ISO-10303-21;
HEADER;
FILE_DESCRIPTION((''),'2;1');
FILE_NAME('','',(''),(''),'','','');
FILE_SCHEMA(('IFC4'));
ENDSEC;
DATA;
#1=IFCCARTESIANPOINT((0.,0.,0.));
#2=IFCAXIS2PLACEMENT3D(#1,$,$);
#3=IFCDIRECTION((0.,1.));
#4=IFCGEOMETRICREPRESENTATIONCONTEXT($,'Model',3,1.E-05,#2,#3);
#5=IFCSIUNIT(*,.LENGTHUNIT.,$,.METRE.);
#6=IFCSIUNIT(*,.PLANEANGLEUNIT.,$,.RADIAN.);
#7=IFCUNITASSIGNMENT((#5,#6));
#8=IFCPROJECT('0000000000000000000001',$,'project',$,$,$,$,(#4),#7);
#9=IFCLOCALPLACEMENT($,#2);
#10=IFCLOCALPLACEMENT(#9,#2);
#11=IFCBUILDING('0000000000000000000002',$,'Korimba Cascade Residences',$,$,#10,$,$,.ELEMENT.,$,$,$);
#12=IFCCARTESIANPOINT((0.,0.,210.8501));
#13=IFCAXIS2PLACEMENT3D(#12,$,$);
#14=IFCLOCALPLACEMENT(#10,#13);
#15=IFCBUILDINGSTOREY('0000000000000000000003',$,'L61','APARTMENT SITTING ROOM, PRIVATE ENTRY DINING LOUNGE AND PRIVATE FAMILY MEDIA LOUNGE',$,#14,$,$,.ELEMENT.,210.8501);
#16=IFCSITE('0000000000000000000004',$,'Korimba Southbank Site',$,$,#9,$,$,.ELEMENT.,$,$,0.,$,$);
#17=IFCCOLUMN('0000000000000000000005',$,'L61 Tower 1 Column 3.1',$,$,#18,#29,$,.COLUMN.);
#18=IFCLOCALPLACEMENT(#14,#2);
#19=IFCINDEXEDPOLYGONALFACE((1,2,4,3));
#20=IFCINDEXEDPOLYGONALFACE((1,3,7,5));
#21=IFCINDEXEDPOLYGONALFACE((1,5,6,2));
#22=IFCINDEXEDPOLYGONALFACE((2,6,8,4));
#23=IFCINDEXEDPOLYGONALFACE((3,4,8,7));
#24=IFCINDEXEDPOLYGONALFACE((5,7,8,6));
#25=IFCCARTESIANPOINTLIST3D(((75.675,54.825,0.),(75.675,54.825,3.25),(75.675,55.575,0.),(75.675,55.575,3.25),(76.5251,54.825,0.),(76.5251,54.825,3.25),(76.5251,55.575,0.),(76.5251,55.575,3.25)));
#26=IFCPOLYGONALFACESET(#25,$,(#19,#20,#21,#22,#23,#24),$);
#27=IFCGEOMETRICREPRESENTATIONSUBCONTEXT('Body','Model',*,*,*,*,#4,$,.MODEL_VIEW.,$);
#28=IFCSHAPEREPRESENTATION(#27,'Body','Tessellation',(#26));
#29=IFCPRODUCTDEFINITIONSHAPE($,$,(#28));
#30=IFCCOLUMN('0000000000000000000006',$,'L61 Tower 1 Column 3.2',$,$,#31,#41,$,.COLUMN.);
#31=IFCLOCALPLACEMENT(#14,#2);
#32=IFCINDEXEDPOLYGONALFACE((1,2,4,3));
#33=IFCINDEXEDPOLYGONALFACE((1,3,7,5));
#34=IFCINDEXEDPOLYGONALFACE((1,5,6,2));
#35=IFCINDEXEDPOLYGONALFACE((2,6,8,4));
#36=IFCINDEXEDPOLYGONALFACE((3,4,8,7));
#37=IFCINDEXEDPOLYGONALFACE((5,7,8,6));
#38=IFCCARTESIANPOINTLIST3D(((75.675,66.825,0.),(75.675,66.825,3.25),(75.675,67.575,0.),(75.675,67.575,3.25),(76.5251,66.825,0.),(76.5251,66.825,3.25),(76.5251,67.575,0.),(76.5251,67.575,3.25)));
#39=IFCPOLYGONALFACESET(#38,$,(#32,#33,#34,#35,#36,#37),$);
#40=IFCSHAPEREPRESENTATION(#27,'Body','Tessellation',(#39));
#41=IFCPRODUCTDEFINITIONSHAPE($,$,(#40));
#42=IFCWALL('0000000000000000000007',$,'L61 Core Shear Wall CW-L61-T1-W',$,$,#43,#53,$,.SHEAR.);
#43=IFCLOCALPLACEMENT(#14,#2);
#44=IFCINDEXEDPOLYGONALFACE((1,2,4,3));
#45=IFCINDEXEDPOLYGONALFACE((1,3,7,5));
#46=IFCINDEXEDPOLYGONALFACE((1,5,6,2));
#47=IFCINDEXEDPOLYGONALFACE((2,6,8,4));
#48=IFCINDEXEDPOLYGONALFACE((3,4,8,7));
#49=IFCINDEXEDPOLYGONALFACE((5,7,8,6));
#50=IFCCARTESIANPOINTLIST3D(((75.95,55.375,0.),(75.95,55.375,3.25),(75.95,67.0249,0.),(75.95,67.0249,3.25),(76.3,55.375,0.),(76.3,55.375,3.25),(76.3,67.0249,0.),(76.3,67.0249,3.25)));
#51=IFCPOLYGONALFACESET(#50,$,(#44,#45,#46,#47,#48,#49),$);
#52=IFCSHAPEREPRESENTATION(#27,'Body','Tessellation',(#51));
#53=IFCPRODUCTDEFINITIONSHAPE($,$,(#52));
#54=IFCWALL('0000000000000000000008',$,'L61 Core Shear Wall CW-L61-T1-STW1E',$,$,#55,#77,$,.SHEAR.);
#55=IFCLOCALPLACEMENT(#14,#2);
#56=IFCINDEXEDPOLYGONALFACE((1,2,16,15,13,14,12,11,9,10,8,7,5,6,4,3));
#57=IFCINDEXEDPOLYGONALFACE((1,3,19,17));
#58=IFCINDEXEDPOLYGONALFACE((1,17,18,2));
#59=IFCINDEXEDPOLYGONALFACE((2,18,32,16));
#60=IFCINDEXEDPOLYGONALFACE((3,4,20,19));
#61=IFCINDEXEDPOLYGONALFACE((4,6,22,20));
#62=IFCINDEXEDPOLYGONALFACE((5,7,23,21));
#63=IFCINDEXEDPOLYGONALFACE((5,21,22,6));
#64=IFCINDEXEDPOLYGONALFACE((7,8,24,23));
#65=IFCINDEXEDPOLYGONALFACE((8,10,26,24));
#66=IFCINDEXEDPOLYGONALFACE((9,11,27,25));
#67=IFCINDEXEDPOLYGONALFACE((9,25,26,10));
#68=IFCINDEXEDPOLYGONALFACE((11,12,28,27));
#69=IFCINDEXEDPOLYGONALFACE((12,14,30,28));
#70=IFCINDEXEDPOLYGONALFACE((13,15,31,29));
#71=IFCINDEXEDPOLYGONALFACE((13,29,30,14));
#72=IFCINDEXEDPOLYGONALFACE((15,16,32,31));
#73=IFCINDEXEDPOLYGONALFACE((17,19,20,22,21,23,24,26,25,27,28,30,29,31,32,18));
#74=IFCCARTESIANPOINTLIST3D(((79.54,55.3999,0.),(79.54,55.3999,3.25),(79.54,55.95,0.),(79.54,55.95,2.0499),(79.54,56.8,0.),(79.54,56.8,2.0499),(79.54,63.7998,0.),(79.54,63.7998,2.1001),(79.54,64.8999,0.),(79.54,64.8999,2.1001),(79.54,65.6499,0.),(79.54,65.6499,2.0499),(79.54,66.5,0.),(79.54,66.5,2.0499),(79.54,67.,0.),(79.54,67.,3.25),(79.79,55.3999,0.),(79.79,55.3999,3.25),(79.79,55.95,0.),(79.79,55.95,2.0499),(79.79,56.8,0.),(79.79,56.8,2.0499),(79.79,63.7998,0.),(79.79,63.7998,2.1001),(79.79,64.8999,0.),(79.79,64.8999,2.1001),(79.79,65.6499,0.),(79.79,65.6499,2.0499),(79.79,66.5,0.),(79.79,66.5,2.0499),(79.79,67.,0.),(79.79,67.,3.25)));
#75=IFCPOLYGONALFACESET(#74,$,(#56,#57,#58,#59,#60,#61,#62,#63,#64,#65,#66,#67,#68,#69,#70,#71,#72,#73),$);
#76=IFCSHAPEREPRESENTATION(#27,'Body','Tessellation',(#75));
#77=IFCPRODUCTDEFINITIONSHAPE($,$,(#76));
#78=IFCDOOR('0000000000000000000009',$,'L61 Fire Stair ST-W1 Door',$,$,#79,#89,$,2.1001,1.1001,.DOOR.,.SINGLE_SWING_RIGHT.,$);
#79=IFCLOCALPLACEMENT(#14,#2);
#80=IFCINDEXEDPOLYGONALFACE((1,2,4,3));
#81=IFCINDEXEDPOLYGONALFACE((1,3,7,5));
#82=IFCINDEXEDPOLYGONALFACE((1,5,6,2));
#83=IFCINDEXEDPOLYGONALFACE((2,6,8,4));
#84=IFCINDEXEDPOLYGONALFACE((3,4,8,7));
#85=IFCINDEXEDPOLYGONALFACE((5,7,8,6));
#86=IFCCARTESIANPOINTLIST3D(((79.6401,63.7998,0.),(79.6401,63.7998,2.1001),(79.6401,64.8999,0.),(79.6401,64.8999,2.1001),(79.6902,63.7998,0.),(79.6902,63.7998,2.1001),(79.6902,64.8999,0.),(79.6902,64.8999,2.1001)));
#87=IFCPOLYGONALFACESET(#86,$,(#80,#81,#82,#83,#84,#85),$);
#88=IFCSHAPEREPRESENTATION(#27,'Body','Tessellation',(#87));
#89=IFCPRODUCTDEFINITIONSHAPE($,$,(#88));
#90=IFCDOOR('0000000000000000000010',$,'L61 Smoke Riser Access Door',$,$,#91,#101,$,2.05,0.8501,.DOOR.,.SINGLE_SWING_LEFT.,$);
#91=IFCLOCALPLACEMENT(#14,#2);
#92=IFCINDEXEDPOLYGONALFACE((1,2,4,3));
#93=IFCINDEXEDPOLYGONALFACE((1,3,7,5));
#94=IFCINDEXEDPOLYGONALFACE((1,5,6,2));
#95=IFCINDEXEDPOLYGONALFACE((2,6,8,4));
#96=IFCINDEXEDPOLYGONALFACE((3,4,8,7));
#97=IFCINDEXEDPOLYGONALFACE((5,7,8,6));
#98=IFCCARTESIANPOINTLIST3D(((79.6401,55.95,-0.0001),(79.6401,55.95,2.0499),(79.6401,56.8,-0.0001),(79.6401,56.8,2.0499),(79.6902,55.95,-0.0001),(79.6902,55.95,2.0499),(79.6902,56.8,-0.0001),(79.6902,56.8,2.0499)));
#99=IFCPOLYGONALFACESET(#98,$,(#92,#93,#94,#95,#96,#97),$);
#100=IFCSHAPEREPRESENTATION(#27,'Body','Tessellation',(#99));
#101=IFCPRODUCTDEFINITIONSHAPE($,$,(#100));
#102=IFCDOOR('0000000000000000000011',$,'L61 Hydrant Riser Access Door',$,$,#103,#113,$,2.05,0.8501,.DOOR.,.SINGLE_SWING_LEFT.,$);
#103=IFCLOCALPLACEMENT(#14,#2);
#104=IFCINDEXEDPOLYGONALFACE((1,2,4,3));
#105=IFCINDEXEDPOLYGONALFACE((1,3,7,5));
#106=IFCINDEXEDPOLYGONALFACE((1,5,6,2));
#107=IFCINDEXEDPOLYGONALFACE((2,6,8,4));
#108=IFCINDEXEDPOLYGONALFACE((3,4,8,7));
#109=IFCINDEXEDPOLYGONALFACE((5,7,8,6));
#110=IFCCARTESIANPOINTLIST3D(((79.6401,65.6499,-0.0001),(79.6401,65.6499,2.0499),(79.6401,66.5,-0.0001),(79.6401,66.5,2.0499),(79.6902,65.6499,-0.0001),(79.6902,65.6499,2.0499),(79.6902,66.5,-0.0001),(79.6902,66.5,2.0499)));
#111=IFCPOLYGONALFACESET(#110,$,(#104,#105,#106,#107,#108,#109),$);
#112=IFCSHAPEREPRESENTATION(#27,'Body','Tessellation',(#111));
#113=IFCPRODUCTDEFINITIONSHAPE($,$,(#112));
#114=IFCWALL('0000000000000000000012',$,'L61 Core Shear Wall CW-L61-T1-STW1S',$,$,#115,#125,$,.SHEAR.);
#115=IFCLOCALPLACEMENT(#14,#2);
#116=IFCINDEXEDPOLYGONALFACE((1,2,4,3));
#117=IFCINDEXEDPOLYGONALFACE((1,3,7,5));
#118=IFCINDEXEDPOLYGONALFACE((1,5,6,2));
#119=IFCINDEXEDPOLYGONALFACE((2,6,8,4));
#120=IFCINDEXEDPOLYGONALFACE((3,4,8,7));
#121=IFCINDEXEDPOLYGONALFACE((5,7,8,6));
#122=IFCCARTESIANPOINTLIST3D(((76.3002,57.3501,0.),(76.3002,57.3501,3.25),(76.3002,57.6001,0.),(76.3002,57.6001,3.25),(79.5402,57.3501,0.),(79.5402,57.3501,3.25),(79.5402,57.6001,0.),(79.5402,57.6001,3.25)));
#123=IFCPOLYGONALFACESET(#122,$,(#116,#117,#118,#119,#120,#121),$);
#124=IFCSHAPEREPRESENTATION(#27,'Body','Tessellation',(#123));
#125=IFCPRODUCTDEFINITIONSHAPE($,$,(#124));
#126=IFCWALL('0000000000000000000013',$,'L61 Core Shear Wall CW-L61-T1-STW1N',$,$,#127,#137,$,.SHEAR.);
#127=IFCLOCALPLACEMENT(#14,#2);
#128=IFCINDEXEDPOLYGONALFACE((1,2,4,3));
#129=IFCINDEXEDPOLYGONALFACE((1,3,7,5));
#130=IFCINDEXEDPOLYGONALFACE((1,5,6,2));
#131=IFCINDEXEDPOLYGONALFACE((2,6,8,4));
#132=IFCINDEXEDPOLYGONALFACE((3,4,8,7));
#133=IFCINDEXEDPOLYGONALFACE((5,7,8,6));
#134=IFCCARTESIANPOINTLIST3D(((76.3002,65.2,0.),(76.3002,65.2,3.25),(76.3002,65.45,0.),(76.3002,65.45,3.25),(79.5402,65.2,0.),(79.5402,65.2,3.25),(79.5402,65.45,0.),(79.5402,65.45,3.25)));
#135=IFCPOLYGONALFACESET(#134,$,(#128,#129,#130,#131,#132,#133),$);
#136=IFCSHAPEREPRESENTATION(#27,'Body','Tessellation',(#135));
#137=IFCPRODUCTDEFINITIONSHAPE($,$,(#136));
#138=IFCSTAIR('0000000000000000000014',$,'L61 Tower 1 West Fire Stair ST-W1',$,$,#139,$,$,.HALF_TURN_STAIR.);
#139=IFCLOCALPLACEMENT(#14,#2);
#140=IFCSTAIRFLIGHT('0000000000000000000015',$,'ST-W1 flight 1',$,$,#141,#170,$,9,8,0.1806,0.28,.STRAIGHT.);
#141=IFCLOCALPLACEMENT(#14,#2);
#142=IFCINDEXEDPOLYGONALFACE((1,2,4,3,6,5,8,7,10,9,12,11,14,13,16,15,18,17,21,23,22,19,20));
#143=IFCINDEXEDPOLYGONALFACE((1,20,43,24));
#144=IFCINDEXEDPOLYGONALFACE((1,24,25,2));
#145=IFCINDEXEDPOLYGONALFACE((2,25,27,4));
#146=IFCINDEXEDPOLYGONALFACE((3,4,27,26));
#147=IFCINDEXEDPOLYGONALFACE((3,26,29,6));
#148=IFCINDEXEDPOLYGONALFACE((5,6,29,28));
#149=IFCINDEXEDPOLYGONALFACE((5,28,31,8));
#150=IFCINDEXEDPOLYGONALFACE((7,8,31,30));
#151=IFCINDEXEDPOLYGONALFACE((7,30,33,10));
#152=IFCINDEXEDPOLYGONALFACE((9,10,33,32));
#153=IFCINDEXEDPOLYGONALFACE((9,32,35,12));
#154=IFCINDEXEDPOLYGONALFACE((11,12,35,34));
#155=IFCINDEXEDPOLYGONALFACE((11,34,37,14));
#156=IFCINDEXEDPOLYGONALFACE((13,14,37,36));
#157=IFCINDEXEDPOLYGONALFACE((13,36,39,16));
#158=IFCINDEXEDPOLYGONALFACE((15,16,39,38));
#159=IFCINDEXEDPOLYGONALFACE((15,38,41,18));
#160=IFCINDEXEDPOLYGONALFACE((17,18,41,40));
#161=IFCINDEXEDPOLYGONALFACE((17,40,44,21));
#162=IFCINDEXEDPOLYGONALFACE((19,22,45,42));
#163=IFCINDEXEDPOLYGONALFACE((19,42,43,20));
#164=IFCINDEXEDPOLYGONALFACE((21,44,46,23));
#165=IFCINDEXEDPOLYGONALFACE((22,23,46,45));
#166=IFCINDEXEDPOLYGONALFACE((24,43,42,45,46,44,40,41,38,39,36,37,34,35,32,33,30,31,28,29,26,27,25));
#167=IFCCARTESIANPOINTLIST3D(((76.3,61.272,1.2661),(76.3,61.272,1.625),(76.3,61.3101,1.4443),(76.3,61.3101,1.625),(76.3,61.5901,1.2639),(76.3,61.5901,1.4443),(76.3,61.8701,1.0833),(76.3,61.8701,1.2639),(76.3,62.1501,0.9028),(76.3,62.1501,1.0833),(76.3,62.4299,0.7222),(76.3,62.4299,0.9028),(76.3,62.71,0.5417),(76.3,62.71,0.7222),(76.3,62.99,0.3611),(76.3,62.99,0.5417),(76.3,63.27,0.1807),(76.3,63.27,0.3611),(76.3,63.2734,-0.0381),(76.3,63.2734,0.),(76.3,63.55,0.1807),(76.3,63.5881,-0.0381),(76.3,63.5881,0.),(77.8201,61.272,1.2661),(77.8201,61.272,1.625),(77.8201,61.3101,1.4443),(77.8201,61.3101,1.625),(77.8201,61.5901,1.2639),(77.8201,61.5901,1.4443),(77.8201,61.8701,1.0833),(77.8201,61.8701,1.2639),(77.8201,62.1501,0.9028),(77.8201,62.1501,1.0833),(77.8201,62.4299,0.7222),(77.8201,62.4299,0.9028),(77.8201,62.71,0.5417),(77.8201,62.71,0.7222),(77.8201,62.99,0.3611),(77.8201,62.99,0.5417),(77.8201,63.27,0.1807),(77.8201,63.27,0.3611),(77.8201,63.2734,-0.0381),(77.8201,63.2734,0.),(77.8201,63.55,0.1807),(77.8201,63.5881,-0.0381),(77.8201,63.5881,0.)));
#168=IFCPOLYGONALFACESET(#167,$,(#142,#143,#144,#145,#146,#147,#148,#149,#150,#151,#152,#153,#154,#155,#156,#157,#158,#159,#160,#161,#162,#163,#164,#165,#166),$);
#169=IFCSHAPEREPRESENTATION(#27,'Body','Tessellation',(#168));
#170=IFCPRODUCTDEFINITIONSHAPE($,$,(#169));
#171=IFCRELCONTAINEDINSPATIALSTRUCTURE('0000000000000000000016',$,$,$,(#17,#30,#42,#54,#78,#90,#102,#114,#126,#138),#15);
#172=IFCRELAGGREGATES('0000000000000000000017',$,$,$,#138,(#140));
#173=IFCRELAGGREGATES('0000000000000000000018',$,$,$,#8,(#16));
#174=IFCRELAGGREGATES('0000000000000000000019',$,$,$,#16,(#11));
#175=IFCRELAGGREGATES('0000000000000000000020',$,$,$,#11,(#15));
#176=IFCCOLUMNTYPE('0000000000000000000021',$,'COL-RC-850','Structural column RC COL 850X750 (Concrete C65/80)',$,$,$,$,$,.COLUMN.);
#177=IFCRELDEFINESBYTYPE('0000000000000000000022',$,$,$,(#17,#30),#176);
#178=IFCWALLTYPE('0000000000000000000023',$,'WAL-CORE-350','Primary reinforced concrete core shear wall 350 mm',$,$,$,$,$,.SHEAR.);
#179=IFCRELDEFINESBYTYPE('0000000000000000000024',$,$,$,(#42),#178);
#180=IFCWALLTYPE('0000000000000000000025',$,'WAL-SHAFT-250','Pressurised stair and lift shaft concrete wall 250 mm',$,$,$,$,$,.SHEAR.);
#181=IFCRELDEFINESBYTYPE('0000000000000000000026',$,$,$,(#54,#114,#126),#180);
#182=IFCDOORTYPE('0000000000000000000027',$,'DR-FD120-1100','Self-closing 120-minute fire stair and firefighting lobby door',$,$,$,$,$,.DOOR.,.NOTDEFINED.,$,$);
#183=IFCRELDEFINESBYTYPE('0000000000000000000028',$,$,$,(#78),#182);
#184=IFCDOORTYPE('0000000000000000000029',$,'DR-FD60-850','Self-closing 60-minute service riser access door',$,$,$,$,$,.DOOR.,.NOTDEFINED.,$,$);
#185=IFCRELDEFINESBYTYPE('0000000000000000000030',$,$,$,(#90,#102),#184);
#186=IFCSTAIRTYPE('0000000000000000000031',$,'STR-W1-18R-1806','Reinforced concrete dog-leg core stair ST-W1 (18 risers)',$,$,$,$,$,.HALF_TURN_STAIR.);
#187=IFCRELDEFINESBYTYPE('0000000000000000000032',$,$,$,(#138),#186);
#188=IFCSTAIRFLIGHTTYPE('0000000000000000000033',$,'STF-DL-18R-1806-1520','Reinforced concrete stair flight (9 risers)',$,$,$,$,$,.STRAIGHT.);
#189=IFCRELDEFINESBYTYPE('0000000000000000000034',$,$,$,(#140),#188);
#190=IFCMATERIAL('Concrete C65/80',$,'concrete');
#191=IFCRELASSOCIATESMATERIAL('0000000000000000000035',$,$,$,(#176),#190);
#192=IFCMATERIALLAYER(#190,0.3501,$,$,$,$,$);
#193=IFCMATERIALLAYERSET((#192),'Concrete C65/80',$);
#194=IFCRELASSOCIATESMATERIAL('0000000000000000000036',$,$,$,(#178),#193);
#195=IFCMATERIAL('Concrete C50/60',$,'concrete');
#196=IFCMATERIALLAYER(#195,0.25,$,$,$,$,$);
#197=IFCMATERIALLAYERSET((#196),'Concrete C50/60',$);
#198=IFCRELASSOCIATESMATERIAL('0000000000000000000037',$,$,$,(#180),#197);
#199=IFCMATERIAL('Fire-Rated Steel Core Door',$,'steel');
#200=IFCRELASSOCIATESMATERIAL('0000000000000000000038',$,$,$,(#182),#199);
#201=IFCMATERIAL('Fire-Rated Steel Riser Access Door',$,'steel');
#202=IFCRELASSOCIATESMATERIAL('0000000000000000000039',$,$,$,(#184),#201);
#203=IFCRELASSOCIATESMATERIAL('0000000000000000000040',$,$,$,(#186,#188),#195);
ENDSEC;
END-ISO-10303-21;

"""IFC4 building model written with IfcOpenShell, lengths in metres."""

from ifc_helpers import new_model, si_unit, direction, frame, frame_2d, origin, origin_2d, place, context, subcontext, project, spatial, polyline, rectangle, outline, extrude, material, layer, layer_set, material_profile, profile_set, type_object, element, fill, aggregate, save


model = new_model("IFC4")

# Units and contexts
model_context = context("Model", 3, precision=1e-05, world=origin(), true_north=direction((0.0, 1.0)))
body_context = subcontext(model_context, "Body", "Model", "MODEL_VIEW")
ifc_project = project(units=[si_unit("LENGTHUNIT", "METRE"), si_unit("PLANEANGLEUNIT", "RADIAN")], contexts=[model_context])

# Site, building, storey
site_placement = place(None, origin())
site = spatial("IfcSite", under=ifc_project, at=site_placement, Name="Korimba Southbank Site", CompositionType="ELEMENT", RefElevation=0.0)
building_placement = place(site_placement, origin())
building = spatial("IfcBuilding", under=site, at=building_placement, Name="Korimba Cascade Residences", CompositionType="ELEMENT")
storey_placement = place(building_placement, frame((0.0, 0.0, 210.8501)))
storey = spatial("IfcBuildingStorey", under=building, at=storey_placement, Name="L61", Description="APARTMENT SITTING ROOM, PRIVATE ENTRY DINING LOUNGE AND PRIVATE FAMILY MEDIA LOUNGE", CompositionType="ELEMENT", Elevation=210.8501)

# Columns
ifc_material_1 = material(Name="Concrete C65/80", Category="concrete")
ifc_material_profile = material_profile(ifc_material_1, rectangle(XDim=0.8501, YDim=0.75, at=origin_2d()), Name="Concrete C65/80")
ifc_profile_set = profile_set([ifc_material_profile], Name="Concrete C65/80")
column_type = type_object("IfcColumnType", Name="COL-RC-850", Description="Structural column RC COL 850X750 (Concrete C65/80)", PredefinedType="COLUMN", material=ifc_profile_set)
for number, where, z_axis, x_axis, name in (
    (1, (76.1001, 55.2, 0.0), (0.0, 0.0, 1.0), (1.0, 0.0, 0.0), "L61 Tower 1 Column 3.1"),
    (2, (76.1001, 67.2, 0.0), (0.0, 0.0, 1.0), (1.0, 0.0, 0.0), "L61 Tower 1 Column 3.2"),
):
    element("IfcColumn", number, at=place(storey_placement, frame(where, z_axis=z_axis, x_axis=x_axis)), inside=storey, type_object=column_type, Name=name, PredefinedType="COLUMN", context=body_context, shape_type="SweptSolid", body=[
        extrude(rectangle(XDim=0.8501, YDim=0.75, at=origin_2d()), origin(), (0.0, 0.0, 1.0), 3.25),
    ])

# Wall
ifc_layer_1 = layer(ifc_material_1, 0.3501)
ifc_layer_set_1 = layer_set([ifc_layer_1], Name="Concrete C65/80")
wall_type_1 = type_object("IfcWallType", Name="WAL-CORE-350", Description="Primary reinforced concrete core shear wall 350 mm", PredefinedType="SHEAR", material=ifc_layer_set_1)
wall_1_placement = place(storey_placement, frame((76.125, 55.375, 0.0), z_axis=(0.0, 0.0, 1.0), x_axis=(0.0, 1.0, 0.0)))
element("IfcWall", 3, at=wall_1_placement, inside=storey, type_object=wall_type_1, Name="L61 Core Shear Wall CW-L61-T1-W", PredefinedType="SHEAR", context=body_context, shape_type="SweptSolid", body=[
    extrude(rectangle(XDim=11.6499, YDim=0.3501, at=frame_2d((5.825, 0.0))), origin(), (0.0, 0.0, 1.0), 3.25),
])

# Wall, openings, doors
ifc_material_2 = material(Name="Concrete C50/60", Category="concrete")
ifc_layer_2 = layer(ifc_material_2, 0.25)
ifc_layer_set_2 = layer_set([ifc_layer_2], Name="Concrete C50/60")
wall_type_2 = type_object("IfcWallType", Name="WAL-SHAFT-250", Description="Pressurised stair and lift shaft concrete wall 250 mm", PredefinedType="SHEAR", material=ifc_layer_set_2)
wall_2_placement = place(storey_placement, frame((79.665, 55.3999, 0.0), z_axis=(0.0, 0.0, 1.0), x_axis=(0.0, 1.0, 0.0)))
wall_2 = element("IfcWall", 4, at=wall_2_placement, inside=storey, type_object=wall_type_2, Name="L61 Core Shear Wall CW-L61-T1-STW1E", PredefinedType="SHEAR", context=body_context, shape_type="SweptSolid", body=[
    extrude(rectangle(XDim=11.6001, YDim=0.25, at=frame_2d((5.8, 0.0))), origin(), (0.0, 0.0, 1.0), 3.25),
])
opening_1_placement = place(wall_2_placement, frame((0.55, 0.0, 0.0)))
opening_1 = element("IfcOpeningElement", 5, at=opening_1_placement, cuts=wall_2, PredefinedType="OPENING", context=body_context, shape_type="SweptSolid", body=[
    extrude(rectangle(XDim=0.8501, YDim=2.05, at=frame_2d((0.425, 1.0249))), frame((0.0, 0.135, 0.0), z_axis=(0.0, -1.0, 0.0), x_axis=(1.0, 0.0, 0.0)), (0.0, 0.0, 1.0), 0.27),
])
opening_2_placement = place(wall_2_placement, frame((8.3999, 0.0, 0.0)))
opening_2 = element("IfcOpeningElement", 6, at=opening_2_placement, cuts=wall_2, PredefinedType="OPENING", context=body_context, shape_type="SweptSolid", body=[
    extrude(rectangle(XDim=1.1001, YDim=2.1001, at=frame_2d((0.55, 1.05))), frame((0.0, 0.135, 0.0), z_axis=(0.0, -1.0, 0.0), x_axis=(1.0, 0.0, 0.0)), (0.0, 0.0, 1.0), 0.27),
])
opening_3_placement = place(wall_2_placement, frame((10.25, 0.0, 0.0)))
opening_3 = element("IfcOpeningElement", 7, at=opening_3_placement, cuts=wall_2, PredefinedType="OPENING", context=body_context, shape_type="SweptSolid", body=[
    extrude(rectangle(XDim=0.8501, YDim=2.05, at=frame_2d((0.425, 1.0249))), frame((0.0, 0.135, 0.0), z_axis=(0.0, -1.0, 0.0), x_axis=(1.0, 0.0, 0.0)), (0.0, 0.0, 1.0), 0.27),
])
ifc_material_3 = material(Name="Fire-Rated Steel Core Door", Category="steel")
door_type_1 = type_object("IfcDoorType", Name="DR-FD120-1100", Description="Self-closing 120-minute fire stair and firefighting lobby door", OperationType="NOTDEFINED", PredefinedType="DOOR", material=ifc_material_3)
door_1_placement = place(opening_2_placement, origin())
door_1 = element("IfcDoor", 8, at=door_1_placement, inside=storey, type_object=door_type_1, Name="L61 Fire Stair ST-W1 Door", OperationType="SINGLE_SWING_RIGHT", OverallHeight=2.1001, OverallWidth=1.1001, PredefinedType="DOOR", context=body_context, shape_type="SweptSolid", body=[
    extrude(rectangle(XDim=1.1001, YDim=2.1001, at=frame_2d((0.55, 1.05))), frame((0.0, 0.0249, 0.0), z_axis=(0.0, -1.0, 0.0), x_axis=(1.0, 0.0, 0.0)), (0.0, 0.0, 1.0), 0.05),
])
fill(opening_2, door_1)
ifc_material_4 = material(Name="Fire-Rated Steel Riser Access Door", Category="steel")
door_type_2 = type_object("IfcDoorType", Name="DR-FD60-850", Description="Self-closing 60-minute service riser access door", OperationType="NOTDEFINED", PredefinedType="DOOR", material=ifc_material_4)
door_2_placement = place(opening_1_placement, origin())
door_2 = element("IfcDoor", 9, at=door_2_placement, inside=storey, type_object=door_type_2, Name="L61 Smoke Riser Access Door", OperationType="SINGLE_SWING_LEFT", OverallHeight=2.05, OverallWidth=0.8501, PredefinedType="DOOR", context=body_context, shape_type="SweptSolid", body=[
    extrude(rectangle(XDim=0.8501, YDim=2.05, at=frame_2d((0.425, 1.0249))), frame((0.0, 0.0249, 0.0), z_axis=(0.0, -1.0, 0.0), x_axis=(1.0, 0.0, 0.0)), (0.0, 0.0, 1.0), 0.05),
])
fill(opening_1, door_2)
door_3_placement = place(opening_3_placement, origin())
door_3 = element("IfcDoor", 10, at=door_3_placement, inside=storey, type_object=door_type_2, Name="L61 Hydrant Riser Access Door", OperationType="SINGLE_SWING_LEFT", OverallHeight=2.05, OverallWidth=0.8501, PredefinedType="DOOR", context=body_context, shape_type="SweptSolid", body=[
    extrude(rectangle(XDim=0.8501, YDim=2.05, at=frame_2d((0.425, 1.0249))), frame((0.0, 0.0249, 0.0), z_axis=(0.0, -1.0, 0.0), x_axis=(1.0, 0.0, 0.0)), (0.0, 0.0, 1.0), 0.05),
])
fill(opening_3, door_3)

# Walls
for number, where, z_axis, x_axis, name in (
    (11, (76.3, 57.4751, 0.0), (0.0, 0.0, 1.0), (1.0, 0.0, 0.0), "L61 Core Shear Wall CW-L61-T1-STW1S"),
    (12, (76.3, 65.325, 0.0), (0.0, 0.0, 1.0), (1.0, 0.0, 0.0), "L61 Core Shear Wall CW-L61-T1-STW1N"),
):
    element("IfcWall", number, at=place(storey_placement, frame(where, z_axis=z_axis, x_axis=x_axis)), inside=storey, type_object=wall_type_2, Name=name, PredefinedType="SHEAR", context=body_context, shape_type="SweptSolid", body=[
        extrude(rectangle(XDim=3.24, YDim=0.25, at=frame_2d((1.6201, 0.0))), origin(), (0.0, 0.0, 1.0), 3.25),
    ])

# Stair, stair flight
stair_type = type_object("IfcStairType", Name="STR-W1-18R-1806", Description="Reinforced concrete dog-leg core stair ST-W1 (18 risers)", PredefinedType="HALF_TURN_STAIR", material=ifc_material_2)
stair_placement = place(storey_placement, origin())
stair = element("IfcStair", 13, at=stair_placement, inside=storey, type_object=stair_type, Name="L61 Tower 1 West Fire Stair ST-W1", PredefinedType="HALF_TURN_STAIR")
stair_flight_type = type_object("IfcStairFlightType", Name="STF-DL-18R-1806-1520", Description="Reinforced concrete stair flight (9 risers)", PredefinedType="STRAIGHT", material=ifc_material_2)
stair_flight_1_placement = place(storey_placement, frame((77.0601, 63.55, 0.0), z_axis=(0.0, 0.0, 1.0), x_axis=(0.0, -1.0, 0.0)))
stair_flight_1 = element("IfcStairFlight", 14, at=stair_flight_1_placement, type_object=stair_flight_type, Name="ST-W1 flight 1", NumberOfRisers=9, NumberOfTreads=8, PredefinedType="STRAIGHT", RiserHeight=0.1806, TreadLength=0.28, context=body_context, shape_type="SweptSolid", body=[
    extrude(outline(polyline([(-0.0381, 0.0), (0.0, 0.1807), (0.28, 0.1807), (0.28, 0.3611), (0.5601, 0.3611), (0.5601, 0.5417), (0.8401, 0.5417), (0.8401, 0.7222), (1.1201, 0.7222), (1.1201, 0.9028), (1.3999, 0.9028), (1.3999, 1.0833), (1.6799, 1.0833), (1.6799, 1.2639), (1.96, 1.2639), (1.96, 1.4443), (2.24, 1.4443), (2.24, 1.625), (2.2781, 1.625), (2.2781, 1.2661), (0.2766, 0.0), (0.2766, -0.0381), (-0.0381, -0.0381), (-0.0381, 0.0)])), frame((0.0, 0.76, 0.0), z_axis=(0.0, -1.0, 0.0), x_axis=(1.0, 0.0, 0.0)), (0.0, 0.0, 1.0), 1.52),
])
aggregate(stair, [stair_flight_1])

save(model, "model.ifc")
